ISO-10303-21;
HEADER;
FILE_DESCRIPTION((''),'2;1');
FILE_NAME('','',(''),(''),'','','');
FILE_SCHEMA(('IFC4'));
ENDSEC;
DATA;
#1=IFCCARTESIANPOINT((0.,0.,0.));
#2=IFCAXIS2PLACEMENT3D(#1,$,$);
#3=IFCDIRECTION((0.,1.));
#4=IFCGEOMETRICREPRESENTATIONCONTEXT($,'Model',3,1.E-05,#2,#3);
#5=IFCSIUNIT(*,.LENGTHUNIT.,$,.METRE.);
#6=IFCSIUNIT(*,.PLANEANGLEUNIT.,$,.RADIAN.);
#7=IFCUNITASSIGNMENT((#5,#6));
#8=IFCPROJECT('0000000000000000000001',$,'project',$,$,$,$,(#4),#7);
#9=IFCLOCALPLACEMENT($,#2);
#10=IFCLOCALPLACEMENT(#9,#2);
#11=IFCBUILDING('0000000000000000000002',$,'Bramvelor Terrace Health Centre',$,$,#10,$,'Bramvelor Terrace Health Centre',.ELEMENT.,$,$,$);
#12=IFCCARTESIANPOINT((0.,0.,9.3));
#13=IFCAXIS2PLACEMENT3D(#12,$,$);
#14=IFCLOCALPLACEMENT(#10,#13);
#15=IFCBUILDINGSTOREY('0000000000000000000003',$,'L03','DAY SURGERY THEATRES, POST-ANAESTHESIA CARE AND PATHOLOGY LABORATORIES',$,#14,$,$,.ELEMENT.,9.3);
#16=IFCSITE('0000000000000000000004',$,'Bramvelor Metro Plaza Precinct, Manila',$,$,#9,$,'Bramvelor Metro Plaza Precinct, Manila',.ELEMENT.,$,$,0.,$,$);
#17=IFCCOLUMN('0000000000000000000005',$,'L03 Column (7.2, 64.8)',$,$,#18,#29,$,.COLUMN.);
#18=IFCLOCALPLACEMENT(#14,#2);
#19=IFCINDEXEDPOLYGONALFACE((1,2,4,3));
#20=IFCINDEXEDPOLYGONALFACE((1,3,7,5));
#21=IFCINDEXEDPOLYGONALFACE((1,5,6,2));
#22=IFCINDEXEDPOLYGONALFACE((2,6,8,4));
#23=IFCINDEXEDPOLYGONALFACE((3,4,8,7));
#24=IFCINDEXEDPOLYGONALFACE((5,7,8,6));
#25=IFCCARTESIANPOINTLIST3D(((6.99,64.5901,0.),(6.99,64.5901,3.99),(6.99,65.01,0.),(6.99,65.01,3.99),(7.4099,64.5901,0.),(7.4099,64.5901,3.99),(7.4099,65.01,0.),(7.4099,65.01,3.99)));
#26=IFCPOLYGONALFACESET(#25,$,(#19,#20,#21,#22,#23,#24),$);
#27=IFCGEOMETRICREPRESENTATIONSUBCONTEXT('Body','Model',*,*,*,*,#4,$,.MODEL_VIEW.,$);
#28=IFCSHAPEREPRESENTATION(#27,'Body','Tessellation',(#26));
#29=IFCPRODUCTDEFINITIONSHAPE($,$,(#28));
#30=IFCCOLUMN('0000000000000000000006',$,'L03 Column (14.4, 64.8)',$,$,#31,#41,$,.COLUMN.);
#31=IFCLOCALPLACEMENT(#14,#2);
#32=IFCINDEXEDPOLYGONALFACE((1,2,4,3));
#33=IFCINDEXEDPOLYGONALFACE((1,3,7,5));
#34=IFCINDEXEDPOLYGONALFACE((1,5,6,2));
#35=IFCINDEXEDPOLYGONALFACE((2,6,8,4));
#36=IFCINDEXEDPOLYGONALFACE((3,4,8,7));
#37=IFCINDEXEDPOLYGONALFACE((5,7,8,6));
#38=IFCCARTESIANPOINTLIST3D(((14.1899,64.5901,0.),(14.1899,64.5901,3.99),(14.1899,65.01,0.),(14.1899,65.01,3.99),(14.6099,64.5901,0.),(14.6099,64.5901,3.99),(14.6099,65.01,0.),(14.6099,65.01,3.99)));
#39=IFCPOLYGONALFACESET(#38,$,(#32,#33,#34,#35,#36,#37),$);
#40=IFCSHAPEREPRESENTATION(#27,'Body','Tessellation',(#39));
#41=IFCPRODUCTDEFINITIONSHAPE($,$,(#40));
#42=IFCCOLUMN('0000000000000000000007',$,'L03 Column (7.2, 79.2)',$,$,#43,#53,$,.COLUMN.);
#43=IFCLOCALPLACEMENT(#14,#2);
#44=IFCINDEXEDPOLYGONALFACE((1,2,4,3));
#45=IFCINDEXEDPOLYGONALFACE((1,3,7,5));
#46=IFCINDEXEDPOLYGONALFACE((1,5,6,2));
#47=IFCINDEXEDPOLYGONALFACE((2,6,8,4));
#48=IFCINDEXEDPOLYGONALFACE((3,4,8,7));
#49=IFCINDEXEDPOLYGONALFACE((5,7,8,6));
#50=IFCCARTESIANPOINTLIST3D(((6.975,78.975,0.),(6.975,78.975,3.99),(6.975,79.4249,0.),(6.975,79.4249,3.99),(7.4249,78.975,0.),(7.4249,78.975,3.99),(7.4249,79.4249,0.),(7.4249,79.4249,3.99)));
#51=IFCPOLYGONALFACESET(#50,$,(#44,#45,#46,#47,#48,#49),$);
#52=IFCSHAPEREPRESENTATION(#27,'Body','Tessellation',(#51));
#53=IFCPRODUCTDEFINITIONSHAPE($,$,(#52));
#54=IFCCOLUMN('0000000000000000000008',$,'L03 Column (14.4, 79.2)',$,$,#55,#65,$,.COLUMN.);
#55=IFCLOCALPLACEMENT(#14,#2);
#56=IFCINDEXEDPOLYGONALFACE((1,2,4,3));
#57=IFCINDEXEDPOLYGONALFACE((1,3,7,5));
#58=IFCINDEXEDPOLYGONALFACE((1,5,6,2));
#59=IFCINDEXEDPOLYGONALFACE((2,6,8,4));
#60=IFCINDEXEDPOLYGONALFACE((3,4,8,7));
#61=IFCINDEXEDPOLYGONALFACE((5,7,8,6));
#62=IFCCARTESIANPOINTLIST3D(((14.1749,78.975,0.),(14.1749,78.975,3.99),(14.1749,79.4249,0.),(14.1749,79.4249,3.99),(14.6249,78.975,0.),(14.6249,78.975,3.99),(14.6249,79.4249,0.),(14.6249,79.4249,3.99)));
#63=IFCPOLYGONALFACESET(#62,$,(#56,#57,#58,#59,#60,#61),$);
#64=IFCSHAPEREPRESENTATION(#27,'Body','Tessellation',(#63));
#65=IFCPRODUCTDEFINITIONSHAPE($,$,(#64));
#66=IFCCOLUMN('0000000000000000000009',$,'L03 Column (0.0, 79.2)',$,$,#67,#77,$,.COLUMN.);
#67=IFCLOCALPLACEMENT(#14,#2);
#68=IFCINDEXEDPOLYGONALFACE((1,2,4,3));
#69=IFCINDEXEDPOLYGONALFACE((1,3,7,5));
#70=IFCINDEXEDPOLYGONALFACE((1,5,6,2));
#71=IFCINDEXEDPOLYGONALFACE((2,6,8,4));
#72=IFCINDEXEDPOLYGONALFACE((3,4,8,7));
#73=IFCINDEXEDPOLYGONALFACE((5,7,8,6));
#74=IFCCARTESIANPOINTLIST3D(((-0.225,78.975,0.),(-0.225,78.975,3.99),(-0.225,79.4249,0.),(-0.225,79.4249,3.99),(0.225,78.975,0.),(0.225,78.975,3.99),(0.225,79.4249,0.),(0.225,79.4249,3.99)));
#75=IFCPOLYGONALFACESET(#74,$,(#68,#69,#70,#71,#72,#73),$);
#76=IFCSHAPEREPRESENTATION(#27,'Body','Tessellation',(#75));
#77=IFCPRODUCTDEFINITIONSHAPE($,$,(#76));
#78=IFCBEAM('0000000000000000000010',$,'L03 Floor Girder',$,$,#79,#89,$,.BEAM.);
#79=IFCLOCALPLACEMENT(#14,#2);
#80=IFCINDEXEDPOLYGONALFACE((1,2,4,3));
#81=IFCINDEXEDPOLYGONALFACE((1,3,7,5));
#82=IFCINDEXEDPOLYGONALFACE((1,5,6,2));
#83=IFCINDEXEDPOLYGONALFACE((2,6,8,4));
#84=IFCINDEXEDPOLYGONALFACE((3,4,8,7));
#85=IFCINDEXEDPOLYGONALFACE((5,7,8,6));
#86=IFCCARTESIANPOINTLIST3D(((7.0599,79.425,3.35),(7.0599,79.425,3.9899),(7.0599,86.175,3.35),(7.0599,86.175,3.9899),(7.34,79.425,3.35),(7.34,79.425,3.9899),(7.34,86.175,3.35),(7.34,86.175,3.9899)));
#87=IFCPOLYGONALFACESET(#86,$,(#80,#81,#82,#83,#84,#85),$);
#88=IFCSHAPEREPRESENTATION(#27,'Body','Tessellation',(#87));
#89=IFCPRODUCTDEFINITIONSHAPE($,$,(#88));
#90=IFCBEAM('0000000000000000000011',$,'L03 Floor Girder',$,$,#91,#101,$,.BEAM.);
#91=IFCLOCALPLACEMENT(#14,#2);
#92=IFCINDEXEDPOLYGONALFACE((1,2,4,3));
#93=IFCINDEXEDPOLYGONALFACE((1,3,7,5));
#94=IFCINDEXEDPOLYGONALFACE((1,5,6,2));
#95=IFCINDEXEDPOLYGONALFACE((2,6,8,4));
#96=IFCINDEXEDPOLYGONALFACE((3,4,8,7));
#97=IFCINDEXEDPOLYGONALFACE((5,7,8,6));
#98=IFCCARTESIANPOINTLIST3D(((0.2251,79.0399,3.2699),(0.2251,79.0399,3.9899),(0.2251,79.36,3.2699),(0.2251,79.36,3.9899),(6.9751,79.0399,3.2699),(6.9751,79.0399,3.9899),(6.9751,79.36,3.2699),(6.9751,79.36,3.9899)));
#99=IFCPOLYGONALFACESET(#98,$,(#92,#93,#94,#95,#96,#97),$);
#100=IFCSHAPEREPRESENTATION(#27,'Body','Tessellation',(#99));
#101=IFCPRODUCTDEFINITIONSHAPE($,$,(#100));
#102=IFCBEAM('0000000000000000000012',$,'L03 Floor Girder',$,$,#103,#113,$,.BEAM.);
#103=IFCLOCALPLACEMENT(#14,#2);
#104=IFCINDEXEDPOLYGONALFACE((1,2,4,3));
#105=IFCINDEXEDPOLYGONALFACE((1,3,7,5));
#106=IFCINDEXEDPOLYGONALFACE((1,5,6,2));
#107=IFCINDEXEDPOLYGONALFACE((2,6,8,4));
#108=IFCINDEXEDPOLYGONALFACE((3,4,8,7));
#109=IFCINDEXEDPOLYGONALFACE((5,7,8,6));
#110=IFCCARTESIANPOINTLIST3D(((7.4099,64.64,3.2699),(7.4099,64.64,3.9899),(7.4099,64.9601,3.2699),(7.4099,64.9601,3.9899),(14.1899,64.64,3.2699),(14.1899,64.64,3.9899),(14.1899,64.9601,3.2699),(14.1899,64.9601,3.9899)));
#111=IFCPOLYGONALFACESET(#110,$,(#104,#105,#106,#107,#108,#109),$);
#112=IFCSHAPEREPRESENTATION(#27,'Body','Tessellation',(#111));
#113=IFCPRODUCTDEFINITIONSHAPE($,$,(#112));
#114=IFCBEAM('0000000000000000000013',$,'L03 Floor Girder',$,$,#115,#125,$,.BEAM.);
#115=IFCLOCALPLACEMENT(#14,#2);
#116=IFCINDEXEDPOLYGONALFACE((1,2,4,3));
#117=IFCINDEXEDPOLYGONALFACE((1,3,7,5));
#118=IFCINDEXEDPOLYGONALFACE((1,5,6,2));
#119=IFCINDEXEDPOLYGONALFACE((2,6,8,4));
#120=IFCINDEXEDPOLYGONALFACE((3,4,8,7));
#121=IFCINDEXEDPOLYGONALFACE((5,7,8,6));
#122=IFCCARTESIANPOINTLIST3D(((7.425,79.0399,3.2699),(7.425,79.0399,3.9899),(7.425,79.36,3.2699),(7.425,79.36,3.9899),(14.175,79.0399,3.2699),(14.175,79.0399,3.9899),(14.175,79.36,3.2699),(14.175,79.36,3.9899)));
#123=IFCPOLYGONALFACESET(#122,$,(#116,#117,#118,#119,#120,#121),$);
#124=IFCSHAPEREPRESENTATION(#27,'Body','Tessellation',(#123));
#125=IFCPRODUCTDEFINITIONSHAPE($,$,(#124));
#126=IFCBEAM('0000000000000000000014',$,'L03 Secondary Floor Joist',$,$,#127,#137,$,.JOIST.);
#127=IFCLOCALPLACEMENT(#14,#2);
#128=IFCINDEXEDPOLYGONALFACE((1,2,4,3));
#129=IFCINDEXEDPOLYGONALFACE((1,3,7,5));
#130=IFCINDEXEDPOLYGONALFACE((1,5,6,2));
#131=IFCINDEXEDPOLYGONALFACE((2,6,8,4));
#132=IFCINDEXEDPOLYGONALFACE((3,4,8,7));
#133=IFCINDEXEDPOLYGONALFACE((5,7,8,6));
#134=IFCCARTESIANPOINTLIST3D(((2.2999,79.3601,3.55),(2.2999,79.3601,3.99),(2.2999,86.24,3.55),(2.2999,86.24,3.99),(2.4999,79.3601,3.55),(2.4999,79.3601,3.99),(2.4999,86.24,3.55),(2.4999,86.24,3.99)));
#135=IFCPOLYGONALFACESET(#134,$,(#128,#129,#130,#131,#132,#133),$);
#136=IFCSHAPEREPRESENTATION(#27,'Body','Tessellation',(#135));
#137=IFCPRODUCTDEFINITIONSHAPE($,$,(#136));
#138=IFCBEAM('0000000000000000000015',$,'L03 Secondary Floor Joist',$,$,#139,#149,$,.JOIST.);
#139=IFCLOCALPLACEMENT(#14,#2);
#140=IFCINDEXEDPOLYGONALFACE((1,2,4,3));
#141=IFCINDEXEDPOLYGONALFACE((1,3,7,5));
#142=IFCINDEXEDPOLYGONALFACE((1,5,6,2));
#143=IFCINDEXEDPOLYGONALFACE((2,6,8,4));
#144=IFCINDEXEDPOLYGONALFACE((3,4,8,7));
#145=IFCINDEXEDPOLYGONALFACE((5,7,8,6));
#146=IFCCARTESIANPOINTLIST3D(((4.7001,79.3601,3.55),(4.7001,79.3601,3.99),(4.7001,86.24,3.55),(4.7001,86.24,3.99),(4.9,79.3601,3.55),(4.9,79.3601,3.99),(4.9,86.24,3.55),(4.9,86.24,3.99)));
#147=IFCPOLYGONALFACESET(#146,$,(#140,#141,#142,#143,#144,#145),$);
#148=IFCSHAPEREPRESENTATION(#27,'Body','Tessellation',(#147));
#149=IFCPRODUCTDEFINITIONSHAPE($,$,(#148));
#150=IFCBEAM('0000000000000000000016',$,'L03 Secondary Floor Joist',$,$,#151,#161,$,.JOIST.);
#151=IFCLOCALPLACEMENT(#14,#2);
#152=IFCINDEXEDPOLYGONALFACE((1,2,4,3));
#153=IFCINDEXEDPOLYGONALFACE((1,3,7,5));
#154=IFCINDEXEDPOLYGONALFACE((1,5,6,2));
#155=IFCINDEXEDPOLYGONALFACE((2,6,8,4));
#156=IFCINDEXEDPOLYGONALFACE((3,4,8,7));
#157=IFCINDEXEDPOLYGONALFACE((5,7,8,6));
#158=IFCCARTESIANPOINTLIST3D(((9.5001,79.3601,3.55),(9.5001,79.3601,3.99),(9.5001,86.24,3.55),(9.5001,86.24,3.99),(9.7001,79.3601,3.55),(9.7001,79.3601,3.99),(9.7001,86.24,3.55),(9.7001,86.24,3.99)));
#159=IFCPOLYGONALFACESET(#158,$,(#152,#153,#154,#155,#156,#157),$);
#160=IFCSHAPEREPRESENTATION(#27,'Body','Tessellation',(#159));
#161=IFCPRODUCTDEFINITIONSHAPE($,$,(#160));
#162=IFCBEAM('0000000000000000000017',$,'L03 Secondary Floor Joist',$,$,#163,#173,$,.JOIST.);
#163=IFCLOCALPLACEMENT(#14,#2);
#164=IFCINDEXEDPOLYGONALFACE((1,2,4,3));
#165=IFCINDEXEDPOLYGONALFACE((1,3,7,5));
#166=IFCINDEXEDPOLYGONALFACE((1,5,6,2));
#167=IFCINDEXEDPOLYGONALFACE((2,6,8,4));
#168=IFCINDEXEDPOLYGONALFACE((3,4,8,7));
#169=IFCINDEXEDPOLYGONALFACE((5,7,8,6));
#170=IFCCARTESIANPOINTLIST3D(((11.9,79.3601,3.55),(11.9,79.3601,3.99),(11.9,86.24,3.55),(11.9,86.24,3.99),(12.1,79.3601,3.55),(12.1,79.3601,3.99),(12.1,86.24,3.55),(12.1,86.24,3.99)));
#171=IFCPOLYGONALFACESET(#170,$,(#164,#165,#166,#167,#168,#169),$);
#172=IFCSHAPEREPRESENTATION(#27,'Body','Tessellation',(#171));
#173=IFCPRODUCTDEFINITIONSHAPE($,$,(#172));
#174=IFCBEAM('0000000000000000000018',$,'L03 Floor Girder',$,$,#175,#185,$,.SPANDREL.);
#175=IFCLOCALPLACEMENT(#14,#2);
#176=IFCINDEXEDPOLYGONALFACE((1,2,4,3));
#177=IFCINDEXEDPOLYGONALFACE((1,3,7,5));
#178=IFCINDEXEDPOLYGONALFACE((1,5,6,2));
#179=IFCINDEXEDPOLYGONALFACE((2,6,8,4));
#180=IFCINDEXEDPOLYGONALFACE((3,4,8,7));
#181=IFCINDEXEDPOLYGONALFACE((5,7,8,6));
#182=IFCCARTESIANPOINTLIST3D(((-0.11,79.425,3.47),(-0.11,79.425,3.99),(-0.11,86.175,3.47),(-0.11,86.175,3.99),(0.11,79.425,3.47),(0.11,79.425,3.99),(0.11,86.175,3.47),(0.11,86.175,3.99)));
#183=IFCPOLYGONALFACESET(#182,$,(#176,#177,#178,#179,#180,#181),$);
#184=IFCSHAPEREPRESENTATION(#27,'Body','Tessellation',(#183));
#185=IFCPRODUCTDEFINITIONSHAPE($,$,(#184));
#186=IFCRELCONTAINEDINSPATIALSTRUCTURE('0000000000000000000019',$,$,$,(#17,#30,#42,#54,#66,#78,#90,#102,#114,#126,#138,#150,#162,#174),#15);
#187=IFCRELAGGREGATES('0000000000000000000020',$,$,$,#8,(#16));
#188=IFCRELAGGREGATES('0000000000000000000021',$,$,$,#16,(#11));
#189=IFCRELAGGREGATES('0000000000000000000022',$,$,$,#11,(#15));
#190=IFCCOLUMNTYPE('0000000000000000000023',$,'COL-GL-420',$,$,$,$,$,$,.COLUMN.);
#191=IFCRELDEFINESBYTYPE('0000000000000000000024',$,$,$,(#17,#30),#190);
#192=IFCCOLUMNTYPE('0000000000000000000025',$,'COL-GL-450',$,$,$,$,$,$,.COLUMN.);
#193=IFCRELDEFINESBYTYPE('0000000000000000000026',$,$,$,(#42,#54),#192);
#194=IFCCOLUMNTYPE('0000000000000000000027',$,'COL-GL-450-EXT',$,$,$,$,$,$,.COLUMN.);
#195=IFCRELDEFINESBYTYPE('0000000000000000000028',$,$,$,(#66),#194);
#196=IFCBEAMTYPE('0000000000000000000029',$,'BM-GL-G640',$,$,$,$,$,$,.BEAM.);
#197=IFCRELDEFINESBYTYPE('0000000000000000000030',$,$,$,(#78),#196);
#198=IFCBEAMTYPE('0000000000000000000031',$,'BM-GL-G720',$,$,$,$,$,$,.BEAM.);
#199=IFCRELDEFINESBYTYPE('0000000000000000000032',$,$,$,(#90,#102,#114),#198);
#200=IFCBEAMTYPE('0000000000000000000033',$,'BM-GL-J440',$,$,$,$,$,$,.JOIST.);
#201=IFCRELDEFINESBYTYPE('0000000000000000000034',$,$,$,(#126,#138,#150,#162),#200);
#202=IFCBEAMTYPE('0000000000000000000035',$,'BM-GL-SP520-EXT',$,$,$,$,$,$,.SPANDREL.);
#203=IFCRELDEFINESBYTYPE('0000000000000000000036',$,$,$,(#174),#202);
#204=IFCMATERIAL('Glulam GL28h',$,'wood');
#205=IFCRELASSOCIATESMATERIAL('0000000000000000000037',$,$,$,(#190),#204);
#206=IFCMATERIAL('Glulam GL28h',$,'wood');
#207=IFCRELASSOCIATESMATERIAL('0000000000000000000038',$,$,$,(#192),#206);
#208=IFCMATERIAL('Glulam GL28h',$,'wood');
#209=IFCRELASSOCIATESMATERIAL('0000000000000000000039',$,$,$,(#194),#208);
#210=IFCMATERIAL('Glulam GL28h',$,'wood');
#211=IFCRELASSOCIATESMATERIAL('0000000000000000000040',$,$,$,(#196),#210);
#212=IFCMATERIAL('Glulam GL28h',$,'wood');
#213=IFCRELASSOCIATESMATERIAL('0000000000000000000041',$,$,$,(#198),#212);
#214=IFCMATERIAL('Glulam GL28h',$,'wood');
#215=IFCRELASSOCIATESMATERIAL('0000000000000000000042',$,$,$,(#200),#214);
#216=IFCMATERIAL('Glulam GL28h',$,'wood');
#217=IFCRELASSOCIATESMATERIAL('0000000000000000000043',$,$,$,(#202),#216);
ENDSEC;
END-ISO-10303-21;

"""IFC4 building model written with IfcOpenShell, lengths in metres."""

from ifc_helpers import new_model, si_unit, direction, frame, origin, origin_2d, place, context, subcontext, project, spatial, rectangle, extrude, material, material_profile, profile_set, type_object, element, save


model = new_model("IFC4")

# Units and contexts
model_context = context("Model", 3, precision=1e-05, world=origin(), true_north=direction((0.0, 1.0)))
body_context = subcontext(model_context, "Body", "Model", "MODEL_VIEW")
ifc_project = project(units=[si_unit("LENGTHUNIT", "METRE"), si_unit("PLANEANGLEUNIT", "RADIAN")], contexts=[model_context])

# Site, building, storey
site_placement = place(None, origin())
site = spatial("IfcSite", under=ifc_project, at=site_placement, Name="Bramvelor Metro Plaza Precinct, Manila", LongName="Bramvelor Metro Plaza Precinct, Manila", CompositionType="ELEMENT", RefElevation=0.0)
building_placement = place(site_placement, origin())
building = spatial("IfcBuilding", under=site, at=building_placement, Name="Bramvelor Terrace Health Centre", LongName="Bramvelor Terrace Health Centre", CompositionType="ELEMENT")
storey_placement = place(building_placement, frame((0.0, 0.0, 9.3)))
storey = spatial("IfcBuildingStorey", under=building, at=storey_placement, Name="L03", Description="DAY SURGERY THEATRES, POST-ANAESTHESIA CARE AND PATHOLOGY LABORATORIES", CompositionType="ELEMENT", Elevation=9.3)

# Columns
ifc_material_1 = material(Name="Glulam GL28h", Category="wood")
ifc_material_profile_1 = material_profile(ifc_material_1, rectangle(XDim=0.4199, YDim=0.4199, at=origin_2d()), Name="GL 420x420")
ifc_profile_set_1 = profile_set([ifc_material_profile_1], Name="Glulam GL28h")
column_type_1 = type_object("IfcColumnType", Name="COL-GL-420", PredefinedType="COLUMN", material=ifc_profile_set_1)
for number, where, z_axis, x_axis, name in (
    (1, (7.2, 64.8, 0.0), (0.0, 0.0, 1.0), (1.0, 0.0, 0.0), "L03 Column (7.2, 64.8)"),
    (2, (14.3999, 64.8, 0.0), (0.0, 0.0, 1.0), (1.0, 0.0, 0.0), "L03 Column (14.4, 64.8)"),
):
    element("IfcColumn", number, at=place(storey_placement, frame(where, z_axis=z_axis, x_axis=x_axis)), inside=storey, type_object=column_type_1, Name=name, PredefinedType="COLUMN", context=body_context, shape_type="SweptSolid", body=[
        extrude(rectangle(XDim=0.4199, YDim=0.4199, at=origin_2d()), origin(), (0.0, 0.0, 1.0), 3.99),
    ])
ifc_material_2 = material(Name="Glulam GL28h", Category="wood")
ifc_material_profile_2 = material_profile(ifc_material_2, rectangle(XDim=0.45, YDim=0.45, at=origin_2d()), Name="GL 450x450")
ifc_profile_set_2 = profile_set([ifc_material_profile_2], Name="Glulam GL28h")
column_type_2 = type_object("IfcColumnType", Name="COL-GL-450", PredefinedType="COLUMN", material=ifc_profile_set_2)
for number, where, z_axis, x_axis, name in (
    (3, (7.2, 79.2, 0.0), (0.0, 0.0, 1.0), (1.0, 0.0, 0.0), "L03 Column (7.2, 79.2)"),
    (4, (14.3999, 79.2, 0.0), (0.0, 0.0, 1.0), (1.0, 0.0, 0.0), "L03 Column (14.4, 79.2)"),
):
    element("IfcColumn", number, at=place(storey_placement, frame(where, z_axis=z_axis, x_axis=x_axis)), inside=storey, type_object=column_type_2, Name=name, PredefinedType="COLUMN", context=body_context, shape_type="SweptSolid", body=[
        extrude(rectangle(XDim=0.45, YDim=0.45, at=origin_2d()), origin(), (0.0, 0.0, 1.0), 3.99),
    ])
ifc_material_3 = material(Name="Glulam GL28h", Category="wood")
ifc_material_profile_3 = material_profile(ifc_material_3, rectangle(XDim=0.45, YDim=0.45, at=origin_2d()), Name="GL 450x450")
ifc_profile_set_3 = profile_set([ifc_material_profile_3], Name="Glulam GL28h")
column_type_3 = type_object("IfcColumnType", Name="COL-GL-450-EXT", PredefinedType="COLUMN", material=ifc_profile_set_3)
column_placement = place(storey_placement, frame((0.0, 79.2, 0.0), z_axis=(0.0, 0.0, 1.0), x_axis=(1.0, 0.0, 0.0)))
element("IfcColumn", 5, at=column_placement, inside=storey, type_object=column_type_3, Name="L03 Column (0.0, 79.2)", PredefinedType="COLUMN", context=body_context, shape_type="SweptSolid", body=[
    extrude(rectangle(XDim=0.45, YDim=0.45, at=origin_2d()), origin(), (0.0, 0.0, 1.0), 3.99),
])

# Beams
ifc_material_4 = material(Name="Glulam GL28h", Category="wood")
ifc_material_profile_4 = material_profile(ifc_material_4, rectangle(XDim=0.28, YDim=0.6399, at=origin_2d()), Name="GL 280x640")
ifc_profile_set_4 = profile_set([ifc_material_profile_4], Name="Glulam GL28h")
beam_type_1 = type_object("IfcBeamType", Name="BM-GL-G640", PredefinedType="BEAM", material=ifc_profile_set_4)
beam_1_placement = place(storey_placement, frame((7.2, 79.425, 3.6699), z_axis=(0.0, 1.0, 0.0), x_axis=(-1.0, 0.0, 0.0)))
element("IfcBeam", 6, at=beam_1_placement, inside=storey, type_object=beam_type_1, Name="L03 Floor Girder", PredefinedType="BEAM", context=body_context, shape_type="SweptSolid", body=[
    extrude(rectangle(XDim=0.28, YDim=0.6399, at=origin_2d()), origin(), (0.0, 0.0, 1.0), 6.75),
])
ifc_material_5 = material(Name="Glulam GL28h", Category="wood")
ifc_material_profile_5 = material_profile(ifc_material_5, rectangle(XDim=0.3201, YDim=0.72, at=origin_2d()), Name="GL 320x720")
ifc_profile_set_5 = profile_set([ifc_material_profile_5], Name="Glulam GL28h")
beam_type_2 = type_object("IfcBeamType", Name="BM-GL-G720", PredefinedType="BEAM", material=ifc_profile_set_5)
beam_2_placement = place(storey_placement, frame((0.2251, 79.2, 3.6299), z_axis=(1.0, 0.0, 0.0), x_axis=(0.0, 1.0, 0.0)))
element("IfcBeam", 7, at=beam_2_placement, inside=storey, type_object=beam_type_2, Name="L03 Floor Girder", PredefinedType="BEAM", context=body_context, shape_type="SweptSolid", body=[
    extrude(rectangle(XDim=0.3201, YDim=0.72, at=origin_2d()), origin(), (0.0, 0.0, 1.0), 6.75),
])
beam_3_placement = place(storey_placement, frame((7.4099, 64.8, 3.6299), z_axis=(1.0, 0.0, 0.0), x_axis=(0.0, 1.0, 0.0)))
element("IfcBeam", 8, at=beam_3_placement, inside=storey, type_object=beam_type_2, Name="L03 Floor Girder", PredefinedType="BEAM", context=body_context, shape_type="SweptSolid", body=[
    extrude(rectangle(XDim=0.3201, YDim=0.72, at=origin_2d()), origin(), (0.0, 0.0, 1.0), 6.78),
])
beam_4_placement = place(storey_placement, frame((7.425, 79.2, 3.6299), z_axis=(1.0, 0.0, 0.0), x_axis=(0.0, 1.0, 0.0)))
element("IfcBeam", 9, at=beam_4_placement, inside=storey, type_object=beam_type_2, Name="L03 Floor Girder", PredefinedType="BEAM", context=body_context, shape_type="SweptSolid", body=[
    extrude(rectangle(XDim=0.3201, YDim=0.72, at=origin_2d()), origin(), (0.0, 0.0, 1.0), 6.75),
])
ifc_material_6 = material(Name="Glulam GL28h", Category="wood")
ifc_material_profile_6 = material_profile(ifc_material_6, rectangle(XDim=0.2, YDim=0.4399, at=origin_2d()), Name="GL 200x440")
ifc_profile_set_6 = profile_set([ifc_material_profile_6], Name="Glulam GL28h")
beam_type_3 = type_object("IfcBeamType", Name="BM-GL-J440", PredefinedType="JOIST", material=ifc_profile_set_6)
for number, where, z_axis, x_axis, name in (
    (10, (2.3999, 79.3601, 3.77), (0.0, 1.0, 0.0), (-1.0, 0.0, 0.0), "L03 Secondary Floor Joist"),
    (11, (4.8, 79.3601, 3.77), (0.0, 1.0, 0.0), (-1.0, 0.0, 0.0), "L03 Secondary Floor Joist"),
    (12, (9.6001, 79.3601, 3.77), (0.0, 1.0, 0.0), (-1.0, 0.0, 0.0), "L03 Secondary Floor Joist"),
    (13, (12.0, 79.3601, 3.77), (0.0, 1.0, 0.0), (-1.0, 0.0, 0.0), "L03 Secondary Floor Joist"),
):
    element("IfcBeam", number, at=place(storey_placement, frame(where, z_axis=z_axis, x_axis=x_axis)), inside=storey, type_object=beam_type_3, Name=name, PredefinedType="JOIST", context=body_context, shape_type="SweptSolid", body=[
        extrude(rectangle(XDim=0.2, YDim=0.4399, at=origin_2d()), origin(), (0.0, 0.0, 1.0), 6.8799),
    ])
ifc_material_7 = material(Name="Glulam GL28h", Category="wood")
ifc_material_profile_7 = material_profile(ifc_material_7, rectangle(XDim=0.22, YDim=0.52, at=origin_2d()), Name="GL 220x520")
ifc_profile_set_7 = profile_set([ifc_material_profile_7], Name="Glulam GL28h")
beam_type_4 = type_object("IfcBeamType", Name="BM-GL-SP520-EXT", PredefinedType="SPANDREL", material=ifc_profile_set_7)
beam_5_placement = place(storey_placement, frame((0.0, 79.425, 3.73), z_axis=(0.0, 1.0, 0.0), x_axis=(-1.0, 0.0, 0.0)))
element("IfcBeam", 14, at=beam_5_placement, inside=storey, type_object=beam_type_4, Name="L03 Floor Girder", PredefinedType="SPANDREL", context=body_context, shape_type="SweptSolid", body=[
    extrude(rectangle(XDim=0.22, YDim=0.52, at=origin_2d()), origin(), (0.0, 0.0, 1.0), 6.75),
])

save(model, "model.ifc")
